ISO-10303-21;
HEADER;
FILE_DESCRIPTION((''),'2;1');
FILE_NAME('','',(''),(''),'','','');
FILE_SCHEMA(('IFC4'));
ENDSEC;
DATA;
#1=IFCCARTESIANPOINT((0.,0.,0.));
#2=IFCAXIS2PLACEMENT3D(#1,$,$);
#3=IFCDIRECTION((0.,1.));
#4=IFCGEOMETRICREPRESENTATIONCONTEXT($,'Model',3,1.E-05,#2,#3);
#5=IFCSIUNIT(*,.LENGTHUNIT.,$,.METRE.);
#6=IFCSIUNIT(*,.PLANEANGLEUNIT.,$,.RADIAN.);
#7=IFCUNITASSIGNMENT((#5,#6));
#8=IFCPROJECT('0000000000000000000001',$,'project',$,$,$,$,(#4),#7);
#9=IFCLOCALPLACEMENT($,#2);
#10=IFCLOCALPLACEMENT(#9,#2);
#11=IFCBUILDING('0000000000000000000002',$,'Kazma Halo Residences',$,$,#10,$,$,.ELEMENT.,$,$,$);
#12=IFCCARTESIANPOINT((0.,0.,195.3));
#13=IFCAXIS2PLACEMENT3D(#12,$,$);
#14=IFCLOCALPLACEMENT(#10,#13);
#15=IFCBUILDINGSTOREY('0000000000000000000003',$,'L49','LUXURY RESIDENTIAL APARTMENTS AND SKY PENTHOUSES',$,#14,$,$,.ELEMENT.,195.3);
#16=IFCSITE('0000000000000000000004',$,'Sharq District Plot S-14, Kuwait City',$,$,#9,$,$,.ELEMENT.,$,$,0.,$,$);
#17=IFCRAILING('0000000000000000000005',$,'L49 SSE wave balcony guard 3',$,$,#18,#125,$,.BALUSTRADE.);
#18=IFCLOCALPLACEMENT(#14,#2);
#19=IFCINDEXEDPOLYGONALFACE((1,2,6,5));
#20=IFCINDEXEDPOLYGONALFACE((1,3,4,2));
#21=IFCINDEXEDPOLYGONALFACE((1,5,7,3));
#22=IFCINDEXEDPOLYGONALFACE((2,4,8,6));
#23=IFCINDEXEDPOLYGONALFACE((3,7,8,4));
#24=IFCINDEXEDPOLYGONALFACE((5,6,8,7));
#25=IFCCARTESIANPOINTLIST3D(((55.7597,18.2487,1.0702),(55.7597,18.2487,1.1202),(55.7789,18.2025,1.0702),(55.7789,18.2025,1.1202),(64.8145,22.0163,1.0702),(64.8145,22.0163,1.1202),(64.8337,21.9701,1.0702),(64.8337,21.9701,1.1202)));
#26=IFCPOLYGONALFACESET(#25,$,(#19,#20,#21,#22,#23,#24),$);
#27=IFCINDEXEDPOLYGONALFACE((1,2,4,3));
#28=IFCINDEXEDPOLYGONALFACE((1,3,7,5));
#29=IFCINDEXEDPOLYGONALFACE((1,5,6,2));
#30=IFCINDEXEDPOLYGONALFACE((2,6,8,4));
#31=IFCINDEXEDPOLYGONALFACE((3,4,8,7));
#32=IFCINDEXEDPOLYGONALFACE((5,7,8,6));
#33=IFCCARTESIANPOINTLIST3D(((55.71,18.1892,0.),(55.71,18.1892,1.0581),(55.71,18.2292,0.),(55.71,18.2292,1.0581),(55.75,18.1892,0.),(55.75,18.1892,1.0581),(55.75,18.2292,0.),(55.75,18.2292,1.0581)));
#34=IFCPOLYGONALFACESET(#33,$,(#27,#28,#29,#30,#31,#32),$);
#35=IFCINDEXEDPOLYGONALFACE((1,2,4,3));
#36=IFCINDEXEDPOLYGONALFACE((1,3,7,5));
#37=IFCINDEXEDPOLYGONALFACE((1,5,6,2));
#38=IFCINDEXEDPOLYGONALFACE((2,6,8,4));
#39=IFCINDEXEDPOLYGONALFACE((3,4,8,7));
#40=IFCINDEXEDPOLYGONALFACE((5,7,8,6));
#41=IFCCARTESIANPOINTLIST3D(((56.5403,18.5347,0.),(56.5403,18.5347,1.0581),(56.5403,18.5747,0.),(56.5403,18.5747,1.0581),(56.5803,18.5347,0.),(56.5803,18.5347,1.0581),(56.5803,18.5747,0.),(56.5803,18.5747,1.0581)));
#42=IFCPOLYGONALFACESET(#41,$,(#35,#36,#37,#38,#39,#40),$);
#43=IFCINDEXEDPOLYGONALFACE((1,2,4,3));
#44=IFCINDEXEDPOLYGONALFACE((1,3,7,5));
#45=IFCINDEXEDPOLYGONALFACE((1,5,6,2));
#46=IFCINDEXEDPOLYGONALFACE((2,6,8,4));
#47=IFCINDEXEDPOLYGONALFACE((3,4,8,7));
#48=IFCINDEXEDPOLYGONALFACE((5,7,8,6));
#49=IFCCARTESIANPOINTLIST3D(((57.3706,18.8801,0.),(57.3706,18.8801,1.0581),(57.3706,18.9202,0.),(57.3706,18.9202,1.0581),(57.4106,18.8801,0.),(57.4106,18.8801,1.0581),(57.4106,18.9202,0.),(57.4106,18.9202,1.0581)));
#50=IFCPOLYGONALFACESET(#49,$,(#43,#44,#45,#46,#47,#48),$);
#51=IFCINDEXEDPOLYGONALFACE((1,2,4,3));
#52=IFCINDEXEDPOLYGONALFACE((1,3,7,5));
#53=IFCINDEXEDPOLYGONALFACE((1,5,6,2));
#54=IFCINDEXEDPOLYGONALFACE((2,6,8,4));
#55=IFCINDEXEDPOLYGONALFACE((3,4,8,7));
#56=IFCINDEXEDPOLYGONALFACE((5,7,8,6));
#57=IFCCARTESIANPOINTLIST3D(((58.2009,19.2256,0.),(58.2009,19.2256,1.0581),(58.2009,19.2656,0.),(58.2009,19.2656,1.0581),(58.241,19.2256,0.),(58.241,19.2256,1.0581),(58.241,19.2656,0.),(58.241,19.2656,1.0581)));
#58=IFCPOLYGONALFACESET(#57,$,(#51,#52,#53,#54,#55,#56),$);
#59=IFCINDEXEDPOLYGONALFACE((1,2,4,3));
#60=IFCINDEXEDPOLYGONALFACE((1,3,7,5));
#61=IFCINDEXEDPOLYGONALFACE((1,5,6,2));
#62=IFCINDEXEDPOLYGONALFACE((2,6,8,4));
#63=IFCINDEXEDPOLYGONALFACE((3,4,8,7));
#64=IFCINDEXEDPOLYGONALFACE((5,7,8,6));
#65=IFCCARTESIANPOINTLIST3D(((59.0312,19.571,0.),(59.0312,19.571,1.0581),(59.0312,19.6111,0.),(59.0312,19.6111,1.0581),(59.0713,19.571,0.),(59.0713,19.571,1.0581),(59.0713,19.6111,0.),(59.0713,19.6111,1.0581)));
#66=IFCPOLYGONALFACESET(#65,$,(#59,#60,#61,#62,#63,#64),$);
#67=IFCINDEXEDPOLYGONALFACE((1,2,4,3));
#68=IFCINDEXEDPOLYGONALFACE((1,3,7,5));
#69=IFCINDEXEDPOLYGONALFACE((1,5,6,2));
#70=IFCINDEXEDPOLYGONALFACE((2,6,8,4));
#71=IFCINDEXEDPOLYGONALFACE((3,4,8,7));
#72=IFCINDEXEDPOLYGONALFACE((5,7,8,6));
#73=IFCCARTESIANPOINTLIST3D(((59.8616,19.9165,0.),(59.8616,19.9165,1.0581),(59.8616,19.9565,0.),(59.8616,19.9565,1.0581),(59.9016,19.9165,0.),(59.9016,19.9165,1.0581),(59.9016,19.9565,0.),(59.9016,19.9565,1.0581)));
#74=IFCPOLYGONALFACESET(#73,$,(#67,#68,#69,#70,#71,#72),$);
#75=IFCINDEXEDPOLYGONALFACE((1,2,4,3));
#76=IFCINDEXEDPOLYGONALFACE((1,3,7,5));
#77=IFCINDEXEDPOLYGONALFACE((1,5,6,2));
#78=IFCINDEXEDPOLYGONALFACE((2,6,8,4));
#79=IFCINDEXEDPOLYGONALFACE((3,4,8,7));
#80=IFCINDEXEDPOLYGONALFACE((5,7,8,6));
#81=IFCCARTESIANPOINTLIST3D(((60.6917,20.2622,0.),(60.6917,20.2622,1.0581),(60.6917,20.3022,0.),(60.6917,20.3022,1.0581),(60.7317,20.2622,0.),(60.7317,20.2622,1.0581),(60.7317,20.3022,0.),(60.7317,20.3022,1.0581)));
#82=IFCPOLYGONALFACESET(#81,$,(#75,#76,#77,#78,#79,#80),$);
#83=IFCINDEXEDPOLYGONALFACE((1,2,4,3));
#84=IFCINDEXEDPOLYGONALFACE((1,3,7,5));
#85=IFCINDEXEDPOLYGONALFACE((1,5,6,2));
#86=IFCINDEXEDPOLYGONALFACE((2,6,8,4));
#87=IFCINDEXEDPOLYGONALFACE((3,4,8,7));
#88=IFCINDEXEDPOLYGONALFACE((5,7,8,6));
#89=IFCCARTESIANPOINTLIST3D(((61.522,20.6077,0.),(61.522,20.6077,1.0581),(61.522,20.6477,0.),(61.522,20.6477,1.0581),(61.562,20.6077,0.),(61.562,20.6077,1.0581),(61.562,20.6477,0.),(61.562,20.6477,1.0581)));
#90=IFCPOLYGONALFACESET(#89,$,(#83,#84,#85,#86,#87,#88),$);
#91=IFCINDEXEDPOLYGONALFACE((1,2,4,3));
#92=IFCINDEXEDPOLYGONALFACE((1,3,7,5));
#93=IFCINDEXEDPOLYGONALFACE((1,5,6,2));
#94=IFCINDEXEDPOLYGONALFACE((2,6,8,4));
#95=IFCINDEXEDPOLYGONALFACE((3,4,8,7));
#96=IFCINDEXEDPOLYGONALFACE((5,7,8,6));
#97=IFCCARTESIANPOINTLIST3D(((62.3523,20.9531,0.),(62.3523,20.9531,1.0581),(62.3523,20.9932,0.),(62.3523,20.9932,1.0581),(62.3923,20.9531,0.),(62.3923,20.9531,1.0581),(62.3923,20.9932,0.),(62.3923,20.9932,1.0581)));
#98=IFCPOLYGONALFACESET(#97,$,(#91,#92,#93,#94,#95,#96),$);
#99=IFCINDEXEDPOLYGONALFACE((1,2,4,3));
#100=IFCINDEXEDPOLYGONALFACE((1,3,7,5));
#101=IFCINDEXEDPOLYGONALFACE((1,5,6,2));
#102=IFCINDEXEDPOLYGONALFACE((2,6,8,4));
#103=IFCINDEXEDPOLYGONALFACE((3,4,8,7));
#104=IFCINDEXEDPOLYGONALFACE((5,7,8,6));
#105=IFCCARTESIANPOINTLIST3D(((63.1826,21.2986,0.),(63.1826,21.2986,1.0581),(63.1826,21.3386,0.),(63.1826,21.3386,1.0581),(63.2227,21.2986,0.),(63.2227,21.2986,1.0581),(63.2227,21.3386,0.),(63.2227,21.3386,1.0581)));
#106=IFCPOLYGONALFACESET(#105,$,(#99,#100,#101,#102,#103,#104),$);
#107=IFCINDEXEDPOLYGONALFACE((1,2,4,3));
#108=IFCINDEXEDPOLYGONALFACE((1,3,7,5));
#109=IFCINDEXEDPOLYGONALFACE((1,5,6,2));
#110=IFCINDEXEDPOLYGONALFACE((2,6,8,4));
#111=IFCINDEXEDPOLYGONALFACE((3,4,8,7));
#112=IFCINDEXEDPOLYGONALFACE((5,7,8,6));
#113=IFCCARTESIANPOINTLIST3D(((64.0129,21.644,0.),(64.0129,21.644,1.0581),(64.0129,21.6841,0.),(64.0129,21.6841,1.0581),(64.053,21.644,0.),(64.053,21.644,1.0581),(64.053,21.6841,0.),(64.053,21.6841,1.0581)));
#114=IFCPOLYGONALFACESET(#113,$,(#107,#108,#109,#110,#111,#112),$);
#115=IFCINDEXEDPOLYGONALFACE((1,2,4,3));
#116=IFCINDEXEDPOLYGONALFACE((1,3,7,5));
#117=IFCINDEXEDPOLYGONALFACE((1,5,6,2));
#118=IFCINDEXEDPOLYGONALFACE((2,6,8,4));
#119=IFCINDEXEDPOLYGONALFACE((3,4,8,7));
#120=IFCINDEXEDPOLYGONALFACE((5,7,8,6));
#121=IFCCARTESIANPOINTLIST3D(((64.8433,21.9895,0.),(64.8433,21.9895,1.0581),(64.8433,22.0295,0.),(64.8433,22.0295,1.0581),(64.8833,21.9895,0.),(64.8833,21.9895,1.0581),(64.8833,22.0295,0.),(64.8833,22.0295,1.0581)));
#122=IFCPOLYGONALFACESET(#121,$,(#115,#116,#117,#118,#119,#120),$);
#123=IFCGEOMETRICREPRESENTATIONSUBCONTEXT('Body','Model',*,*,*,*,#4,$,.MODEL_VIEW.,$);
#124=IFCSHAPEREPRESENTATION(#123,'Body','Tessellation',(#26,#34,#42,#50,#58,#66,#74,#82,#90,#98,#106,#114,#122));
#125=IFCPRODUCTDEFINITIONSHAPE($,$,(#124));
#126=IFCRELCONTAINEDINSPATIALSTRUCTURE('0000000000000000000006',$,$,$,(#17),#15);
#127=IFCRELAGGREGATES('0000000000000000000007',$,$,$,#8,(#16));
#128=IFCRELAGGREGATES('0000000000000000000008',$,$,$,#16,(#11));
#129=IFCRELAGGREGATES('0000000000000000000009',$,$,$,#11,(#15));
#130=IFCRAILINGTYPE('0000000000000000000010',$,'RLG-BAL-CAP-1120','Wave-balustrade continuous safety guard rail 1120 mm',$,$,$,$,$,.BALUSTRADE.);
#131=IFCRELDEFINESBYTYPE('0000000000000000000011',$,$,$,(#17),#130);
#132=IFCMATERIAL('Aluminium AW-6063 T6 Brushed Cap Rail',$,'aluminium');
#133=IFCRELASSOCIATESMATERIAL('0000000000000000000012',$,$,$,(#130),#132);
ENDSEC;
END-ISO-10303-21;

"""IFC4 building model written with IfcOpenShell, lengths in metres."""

from ifc_helpers import new_model, si_unit, direction, frame, origin, origin_2d, place, context, subcontext, project, spatial, rectangle, extrude, material, type_object, element, save


model = new_model("IFC4")

# Units and contexts
model_context = context("Model", 3, precision=1e-05, world=origin(), true_north=direction((0.0, 1.0)))
body_context = subcontext(model_context, "Body", "Model", "MODEL_VIEW")
ifc_project = project(units=[si_unit("LENGTHUNIT", "METRE"), si_unit("PLANEANGLEUNIT", "RADIAN")], contexts=[model_context])

# Site, building, storey
site_placement = place(None, origin())
site = spatial("IfcSite", under=ifc_project, at=site_placement, Name="Sharq District Plot S-14, Kuwait City", CompositionType="ELEMENT", RefElevation=0.0)
building_placement = place(site_placement, origin())
building = spatial("IfcBuilding", under=site, at=building_placement, Name="Kazma Halo Residences", CompositionType="ELEMENT")
storey_placement = place(building_placement, frame((0.0, 0.0, 195.3)))
storey = spatial("IfcBuildingStorey", under=building, at=storey_placement, Name="L49", Description="LUXURY RESIDENTIAL APARTMENTS AND SKY PENTHOUSES", CompositionType="ELEMENT", Elevation=195.3)

# Railing
ifc_material_1 = material(Name="Aluminium AW-6063 T6 Brushed Cap Rail", Category="aluminium")
railing_type = type_object("IfcRailingType", Name="RLG-BAL-CAP-1120", Description="Wave-balustrade continuous safety guard rail 1120 mm", PredefinedType="BALUSTRADE", material=ifc_material_1)
railing_1_placement = place(storey_placement, frame((55.73, 18.2092, 0.0)))
element("IfcRailing", 1, at=railing_1_placement, inside=storey, type_object=railing_type, Name="L49 SSE wave balcony guard 3", PredefinedType="BALUSTRADE", context=body_context, shape_type="SweptSolid", body=[
    extrude(rectangle(XDim=0.05, YDim=0.05, at=origin_2d()), frame((0.0393, 0.0164, 1.0952), z_axis=(0.923265, 0.384163, 0.0), x_axis=(-0.384163, 0.923265, 0.0)), (0.0, 0.0, 1.0), 9.8074),
    extrude(rectangle(XDim=0.04, YDim=0.04, at=origin_2d()), origin(), (0.0, 0.0, 1.0), 1.0581),
    extrude(rectangle(XDim=0.04, YDim=0.04, at=origin_2d()), frame((0.8303, 0.3455, 0.0)), (0.0, 0.0, 1.0), 1.0581),
    extrude(rectangle(XDim=0.04, YDim=0.04, at=origin_2d()), frame((1.6606, 0.6909, 0.0)), (0.0, 0.0, 1.0), 1.0581),
    extrude(rectangle(XDim=0.04, YDim=0.04, at=origin_2d()), frame((2.491, 1.0364, 0.0)), (0.0, 0.0, 1.0), 1.0581),
    extrude(rectangle(XDim=0.04, YDim=0.04, at=origin_2d()), frame((3.3213, 1.3818, 0.0)), (0.0, 0.0, 1.0), 1.0581),
    extrude(rectangle(XDim=0.04, YDim=0.04, at=origin_2d()), frame((4.1516, 1.7273, 0.0)), (0.0, 0.0, 1.0), 1.0581),
    extrude(rectangle(XDim=0.04, YDim=0.04, at=origin_2d()), frame((4.9817, 2.073, 0.0)), (0.0, 0.0, 1.0), 1.0581),
    extrude(rectangle(XDim=0.04, YDim=0.04, at=origin_2d()), frame((5.812, 2.4185, 0.0)), (0.0, 0.0, 1.0), 1.0581),
    extrude(rectangle(XDim=0.04, YDim=0.04, at=origin_2d()), frame((6.6423, 2.7639, 0.0)), (0.0, 0.0, 1.0), 1.0581),
    extrude(rectangle(XDim=0.04, YDim=0.04, at=origin_2d()), frame((7.4727, 3.1094, 0.0)), (0.0, 0.0, 1.0), 1.0581),
    extrude(rectangle(XDim=0.04, YDim=0.04, at=origin_2d()), frame((8.303, 3.4548, 0.0)), (0.0, 0.0, 1.0), 1.0581),
    extrude(rectangle(XDim=0.04, YDim=0.04, at=origin_2d()), frame((9.1333, 3.8003, 0.0)), (0.0, 0.0, 1.0), 1.0581),
])

save(model, "model.ifc")
